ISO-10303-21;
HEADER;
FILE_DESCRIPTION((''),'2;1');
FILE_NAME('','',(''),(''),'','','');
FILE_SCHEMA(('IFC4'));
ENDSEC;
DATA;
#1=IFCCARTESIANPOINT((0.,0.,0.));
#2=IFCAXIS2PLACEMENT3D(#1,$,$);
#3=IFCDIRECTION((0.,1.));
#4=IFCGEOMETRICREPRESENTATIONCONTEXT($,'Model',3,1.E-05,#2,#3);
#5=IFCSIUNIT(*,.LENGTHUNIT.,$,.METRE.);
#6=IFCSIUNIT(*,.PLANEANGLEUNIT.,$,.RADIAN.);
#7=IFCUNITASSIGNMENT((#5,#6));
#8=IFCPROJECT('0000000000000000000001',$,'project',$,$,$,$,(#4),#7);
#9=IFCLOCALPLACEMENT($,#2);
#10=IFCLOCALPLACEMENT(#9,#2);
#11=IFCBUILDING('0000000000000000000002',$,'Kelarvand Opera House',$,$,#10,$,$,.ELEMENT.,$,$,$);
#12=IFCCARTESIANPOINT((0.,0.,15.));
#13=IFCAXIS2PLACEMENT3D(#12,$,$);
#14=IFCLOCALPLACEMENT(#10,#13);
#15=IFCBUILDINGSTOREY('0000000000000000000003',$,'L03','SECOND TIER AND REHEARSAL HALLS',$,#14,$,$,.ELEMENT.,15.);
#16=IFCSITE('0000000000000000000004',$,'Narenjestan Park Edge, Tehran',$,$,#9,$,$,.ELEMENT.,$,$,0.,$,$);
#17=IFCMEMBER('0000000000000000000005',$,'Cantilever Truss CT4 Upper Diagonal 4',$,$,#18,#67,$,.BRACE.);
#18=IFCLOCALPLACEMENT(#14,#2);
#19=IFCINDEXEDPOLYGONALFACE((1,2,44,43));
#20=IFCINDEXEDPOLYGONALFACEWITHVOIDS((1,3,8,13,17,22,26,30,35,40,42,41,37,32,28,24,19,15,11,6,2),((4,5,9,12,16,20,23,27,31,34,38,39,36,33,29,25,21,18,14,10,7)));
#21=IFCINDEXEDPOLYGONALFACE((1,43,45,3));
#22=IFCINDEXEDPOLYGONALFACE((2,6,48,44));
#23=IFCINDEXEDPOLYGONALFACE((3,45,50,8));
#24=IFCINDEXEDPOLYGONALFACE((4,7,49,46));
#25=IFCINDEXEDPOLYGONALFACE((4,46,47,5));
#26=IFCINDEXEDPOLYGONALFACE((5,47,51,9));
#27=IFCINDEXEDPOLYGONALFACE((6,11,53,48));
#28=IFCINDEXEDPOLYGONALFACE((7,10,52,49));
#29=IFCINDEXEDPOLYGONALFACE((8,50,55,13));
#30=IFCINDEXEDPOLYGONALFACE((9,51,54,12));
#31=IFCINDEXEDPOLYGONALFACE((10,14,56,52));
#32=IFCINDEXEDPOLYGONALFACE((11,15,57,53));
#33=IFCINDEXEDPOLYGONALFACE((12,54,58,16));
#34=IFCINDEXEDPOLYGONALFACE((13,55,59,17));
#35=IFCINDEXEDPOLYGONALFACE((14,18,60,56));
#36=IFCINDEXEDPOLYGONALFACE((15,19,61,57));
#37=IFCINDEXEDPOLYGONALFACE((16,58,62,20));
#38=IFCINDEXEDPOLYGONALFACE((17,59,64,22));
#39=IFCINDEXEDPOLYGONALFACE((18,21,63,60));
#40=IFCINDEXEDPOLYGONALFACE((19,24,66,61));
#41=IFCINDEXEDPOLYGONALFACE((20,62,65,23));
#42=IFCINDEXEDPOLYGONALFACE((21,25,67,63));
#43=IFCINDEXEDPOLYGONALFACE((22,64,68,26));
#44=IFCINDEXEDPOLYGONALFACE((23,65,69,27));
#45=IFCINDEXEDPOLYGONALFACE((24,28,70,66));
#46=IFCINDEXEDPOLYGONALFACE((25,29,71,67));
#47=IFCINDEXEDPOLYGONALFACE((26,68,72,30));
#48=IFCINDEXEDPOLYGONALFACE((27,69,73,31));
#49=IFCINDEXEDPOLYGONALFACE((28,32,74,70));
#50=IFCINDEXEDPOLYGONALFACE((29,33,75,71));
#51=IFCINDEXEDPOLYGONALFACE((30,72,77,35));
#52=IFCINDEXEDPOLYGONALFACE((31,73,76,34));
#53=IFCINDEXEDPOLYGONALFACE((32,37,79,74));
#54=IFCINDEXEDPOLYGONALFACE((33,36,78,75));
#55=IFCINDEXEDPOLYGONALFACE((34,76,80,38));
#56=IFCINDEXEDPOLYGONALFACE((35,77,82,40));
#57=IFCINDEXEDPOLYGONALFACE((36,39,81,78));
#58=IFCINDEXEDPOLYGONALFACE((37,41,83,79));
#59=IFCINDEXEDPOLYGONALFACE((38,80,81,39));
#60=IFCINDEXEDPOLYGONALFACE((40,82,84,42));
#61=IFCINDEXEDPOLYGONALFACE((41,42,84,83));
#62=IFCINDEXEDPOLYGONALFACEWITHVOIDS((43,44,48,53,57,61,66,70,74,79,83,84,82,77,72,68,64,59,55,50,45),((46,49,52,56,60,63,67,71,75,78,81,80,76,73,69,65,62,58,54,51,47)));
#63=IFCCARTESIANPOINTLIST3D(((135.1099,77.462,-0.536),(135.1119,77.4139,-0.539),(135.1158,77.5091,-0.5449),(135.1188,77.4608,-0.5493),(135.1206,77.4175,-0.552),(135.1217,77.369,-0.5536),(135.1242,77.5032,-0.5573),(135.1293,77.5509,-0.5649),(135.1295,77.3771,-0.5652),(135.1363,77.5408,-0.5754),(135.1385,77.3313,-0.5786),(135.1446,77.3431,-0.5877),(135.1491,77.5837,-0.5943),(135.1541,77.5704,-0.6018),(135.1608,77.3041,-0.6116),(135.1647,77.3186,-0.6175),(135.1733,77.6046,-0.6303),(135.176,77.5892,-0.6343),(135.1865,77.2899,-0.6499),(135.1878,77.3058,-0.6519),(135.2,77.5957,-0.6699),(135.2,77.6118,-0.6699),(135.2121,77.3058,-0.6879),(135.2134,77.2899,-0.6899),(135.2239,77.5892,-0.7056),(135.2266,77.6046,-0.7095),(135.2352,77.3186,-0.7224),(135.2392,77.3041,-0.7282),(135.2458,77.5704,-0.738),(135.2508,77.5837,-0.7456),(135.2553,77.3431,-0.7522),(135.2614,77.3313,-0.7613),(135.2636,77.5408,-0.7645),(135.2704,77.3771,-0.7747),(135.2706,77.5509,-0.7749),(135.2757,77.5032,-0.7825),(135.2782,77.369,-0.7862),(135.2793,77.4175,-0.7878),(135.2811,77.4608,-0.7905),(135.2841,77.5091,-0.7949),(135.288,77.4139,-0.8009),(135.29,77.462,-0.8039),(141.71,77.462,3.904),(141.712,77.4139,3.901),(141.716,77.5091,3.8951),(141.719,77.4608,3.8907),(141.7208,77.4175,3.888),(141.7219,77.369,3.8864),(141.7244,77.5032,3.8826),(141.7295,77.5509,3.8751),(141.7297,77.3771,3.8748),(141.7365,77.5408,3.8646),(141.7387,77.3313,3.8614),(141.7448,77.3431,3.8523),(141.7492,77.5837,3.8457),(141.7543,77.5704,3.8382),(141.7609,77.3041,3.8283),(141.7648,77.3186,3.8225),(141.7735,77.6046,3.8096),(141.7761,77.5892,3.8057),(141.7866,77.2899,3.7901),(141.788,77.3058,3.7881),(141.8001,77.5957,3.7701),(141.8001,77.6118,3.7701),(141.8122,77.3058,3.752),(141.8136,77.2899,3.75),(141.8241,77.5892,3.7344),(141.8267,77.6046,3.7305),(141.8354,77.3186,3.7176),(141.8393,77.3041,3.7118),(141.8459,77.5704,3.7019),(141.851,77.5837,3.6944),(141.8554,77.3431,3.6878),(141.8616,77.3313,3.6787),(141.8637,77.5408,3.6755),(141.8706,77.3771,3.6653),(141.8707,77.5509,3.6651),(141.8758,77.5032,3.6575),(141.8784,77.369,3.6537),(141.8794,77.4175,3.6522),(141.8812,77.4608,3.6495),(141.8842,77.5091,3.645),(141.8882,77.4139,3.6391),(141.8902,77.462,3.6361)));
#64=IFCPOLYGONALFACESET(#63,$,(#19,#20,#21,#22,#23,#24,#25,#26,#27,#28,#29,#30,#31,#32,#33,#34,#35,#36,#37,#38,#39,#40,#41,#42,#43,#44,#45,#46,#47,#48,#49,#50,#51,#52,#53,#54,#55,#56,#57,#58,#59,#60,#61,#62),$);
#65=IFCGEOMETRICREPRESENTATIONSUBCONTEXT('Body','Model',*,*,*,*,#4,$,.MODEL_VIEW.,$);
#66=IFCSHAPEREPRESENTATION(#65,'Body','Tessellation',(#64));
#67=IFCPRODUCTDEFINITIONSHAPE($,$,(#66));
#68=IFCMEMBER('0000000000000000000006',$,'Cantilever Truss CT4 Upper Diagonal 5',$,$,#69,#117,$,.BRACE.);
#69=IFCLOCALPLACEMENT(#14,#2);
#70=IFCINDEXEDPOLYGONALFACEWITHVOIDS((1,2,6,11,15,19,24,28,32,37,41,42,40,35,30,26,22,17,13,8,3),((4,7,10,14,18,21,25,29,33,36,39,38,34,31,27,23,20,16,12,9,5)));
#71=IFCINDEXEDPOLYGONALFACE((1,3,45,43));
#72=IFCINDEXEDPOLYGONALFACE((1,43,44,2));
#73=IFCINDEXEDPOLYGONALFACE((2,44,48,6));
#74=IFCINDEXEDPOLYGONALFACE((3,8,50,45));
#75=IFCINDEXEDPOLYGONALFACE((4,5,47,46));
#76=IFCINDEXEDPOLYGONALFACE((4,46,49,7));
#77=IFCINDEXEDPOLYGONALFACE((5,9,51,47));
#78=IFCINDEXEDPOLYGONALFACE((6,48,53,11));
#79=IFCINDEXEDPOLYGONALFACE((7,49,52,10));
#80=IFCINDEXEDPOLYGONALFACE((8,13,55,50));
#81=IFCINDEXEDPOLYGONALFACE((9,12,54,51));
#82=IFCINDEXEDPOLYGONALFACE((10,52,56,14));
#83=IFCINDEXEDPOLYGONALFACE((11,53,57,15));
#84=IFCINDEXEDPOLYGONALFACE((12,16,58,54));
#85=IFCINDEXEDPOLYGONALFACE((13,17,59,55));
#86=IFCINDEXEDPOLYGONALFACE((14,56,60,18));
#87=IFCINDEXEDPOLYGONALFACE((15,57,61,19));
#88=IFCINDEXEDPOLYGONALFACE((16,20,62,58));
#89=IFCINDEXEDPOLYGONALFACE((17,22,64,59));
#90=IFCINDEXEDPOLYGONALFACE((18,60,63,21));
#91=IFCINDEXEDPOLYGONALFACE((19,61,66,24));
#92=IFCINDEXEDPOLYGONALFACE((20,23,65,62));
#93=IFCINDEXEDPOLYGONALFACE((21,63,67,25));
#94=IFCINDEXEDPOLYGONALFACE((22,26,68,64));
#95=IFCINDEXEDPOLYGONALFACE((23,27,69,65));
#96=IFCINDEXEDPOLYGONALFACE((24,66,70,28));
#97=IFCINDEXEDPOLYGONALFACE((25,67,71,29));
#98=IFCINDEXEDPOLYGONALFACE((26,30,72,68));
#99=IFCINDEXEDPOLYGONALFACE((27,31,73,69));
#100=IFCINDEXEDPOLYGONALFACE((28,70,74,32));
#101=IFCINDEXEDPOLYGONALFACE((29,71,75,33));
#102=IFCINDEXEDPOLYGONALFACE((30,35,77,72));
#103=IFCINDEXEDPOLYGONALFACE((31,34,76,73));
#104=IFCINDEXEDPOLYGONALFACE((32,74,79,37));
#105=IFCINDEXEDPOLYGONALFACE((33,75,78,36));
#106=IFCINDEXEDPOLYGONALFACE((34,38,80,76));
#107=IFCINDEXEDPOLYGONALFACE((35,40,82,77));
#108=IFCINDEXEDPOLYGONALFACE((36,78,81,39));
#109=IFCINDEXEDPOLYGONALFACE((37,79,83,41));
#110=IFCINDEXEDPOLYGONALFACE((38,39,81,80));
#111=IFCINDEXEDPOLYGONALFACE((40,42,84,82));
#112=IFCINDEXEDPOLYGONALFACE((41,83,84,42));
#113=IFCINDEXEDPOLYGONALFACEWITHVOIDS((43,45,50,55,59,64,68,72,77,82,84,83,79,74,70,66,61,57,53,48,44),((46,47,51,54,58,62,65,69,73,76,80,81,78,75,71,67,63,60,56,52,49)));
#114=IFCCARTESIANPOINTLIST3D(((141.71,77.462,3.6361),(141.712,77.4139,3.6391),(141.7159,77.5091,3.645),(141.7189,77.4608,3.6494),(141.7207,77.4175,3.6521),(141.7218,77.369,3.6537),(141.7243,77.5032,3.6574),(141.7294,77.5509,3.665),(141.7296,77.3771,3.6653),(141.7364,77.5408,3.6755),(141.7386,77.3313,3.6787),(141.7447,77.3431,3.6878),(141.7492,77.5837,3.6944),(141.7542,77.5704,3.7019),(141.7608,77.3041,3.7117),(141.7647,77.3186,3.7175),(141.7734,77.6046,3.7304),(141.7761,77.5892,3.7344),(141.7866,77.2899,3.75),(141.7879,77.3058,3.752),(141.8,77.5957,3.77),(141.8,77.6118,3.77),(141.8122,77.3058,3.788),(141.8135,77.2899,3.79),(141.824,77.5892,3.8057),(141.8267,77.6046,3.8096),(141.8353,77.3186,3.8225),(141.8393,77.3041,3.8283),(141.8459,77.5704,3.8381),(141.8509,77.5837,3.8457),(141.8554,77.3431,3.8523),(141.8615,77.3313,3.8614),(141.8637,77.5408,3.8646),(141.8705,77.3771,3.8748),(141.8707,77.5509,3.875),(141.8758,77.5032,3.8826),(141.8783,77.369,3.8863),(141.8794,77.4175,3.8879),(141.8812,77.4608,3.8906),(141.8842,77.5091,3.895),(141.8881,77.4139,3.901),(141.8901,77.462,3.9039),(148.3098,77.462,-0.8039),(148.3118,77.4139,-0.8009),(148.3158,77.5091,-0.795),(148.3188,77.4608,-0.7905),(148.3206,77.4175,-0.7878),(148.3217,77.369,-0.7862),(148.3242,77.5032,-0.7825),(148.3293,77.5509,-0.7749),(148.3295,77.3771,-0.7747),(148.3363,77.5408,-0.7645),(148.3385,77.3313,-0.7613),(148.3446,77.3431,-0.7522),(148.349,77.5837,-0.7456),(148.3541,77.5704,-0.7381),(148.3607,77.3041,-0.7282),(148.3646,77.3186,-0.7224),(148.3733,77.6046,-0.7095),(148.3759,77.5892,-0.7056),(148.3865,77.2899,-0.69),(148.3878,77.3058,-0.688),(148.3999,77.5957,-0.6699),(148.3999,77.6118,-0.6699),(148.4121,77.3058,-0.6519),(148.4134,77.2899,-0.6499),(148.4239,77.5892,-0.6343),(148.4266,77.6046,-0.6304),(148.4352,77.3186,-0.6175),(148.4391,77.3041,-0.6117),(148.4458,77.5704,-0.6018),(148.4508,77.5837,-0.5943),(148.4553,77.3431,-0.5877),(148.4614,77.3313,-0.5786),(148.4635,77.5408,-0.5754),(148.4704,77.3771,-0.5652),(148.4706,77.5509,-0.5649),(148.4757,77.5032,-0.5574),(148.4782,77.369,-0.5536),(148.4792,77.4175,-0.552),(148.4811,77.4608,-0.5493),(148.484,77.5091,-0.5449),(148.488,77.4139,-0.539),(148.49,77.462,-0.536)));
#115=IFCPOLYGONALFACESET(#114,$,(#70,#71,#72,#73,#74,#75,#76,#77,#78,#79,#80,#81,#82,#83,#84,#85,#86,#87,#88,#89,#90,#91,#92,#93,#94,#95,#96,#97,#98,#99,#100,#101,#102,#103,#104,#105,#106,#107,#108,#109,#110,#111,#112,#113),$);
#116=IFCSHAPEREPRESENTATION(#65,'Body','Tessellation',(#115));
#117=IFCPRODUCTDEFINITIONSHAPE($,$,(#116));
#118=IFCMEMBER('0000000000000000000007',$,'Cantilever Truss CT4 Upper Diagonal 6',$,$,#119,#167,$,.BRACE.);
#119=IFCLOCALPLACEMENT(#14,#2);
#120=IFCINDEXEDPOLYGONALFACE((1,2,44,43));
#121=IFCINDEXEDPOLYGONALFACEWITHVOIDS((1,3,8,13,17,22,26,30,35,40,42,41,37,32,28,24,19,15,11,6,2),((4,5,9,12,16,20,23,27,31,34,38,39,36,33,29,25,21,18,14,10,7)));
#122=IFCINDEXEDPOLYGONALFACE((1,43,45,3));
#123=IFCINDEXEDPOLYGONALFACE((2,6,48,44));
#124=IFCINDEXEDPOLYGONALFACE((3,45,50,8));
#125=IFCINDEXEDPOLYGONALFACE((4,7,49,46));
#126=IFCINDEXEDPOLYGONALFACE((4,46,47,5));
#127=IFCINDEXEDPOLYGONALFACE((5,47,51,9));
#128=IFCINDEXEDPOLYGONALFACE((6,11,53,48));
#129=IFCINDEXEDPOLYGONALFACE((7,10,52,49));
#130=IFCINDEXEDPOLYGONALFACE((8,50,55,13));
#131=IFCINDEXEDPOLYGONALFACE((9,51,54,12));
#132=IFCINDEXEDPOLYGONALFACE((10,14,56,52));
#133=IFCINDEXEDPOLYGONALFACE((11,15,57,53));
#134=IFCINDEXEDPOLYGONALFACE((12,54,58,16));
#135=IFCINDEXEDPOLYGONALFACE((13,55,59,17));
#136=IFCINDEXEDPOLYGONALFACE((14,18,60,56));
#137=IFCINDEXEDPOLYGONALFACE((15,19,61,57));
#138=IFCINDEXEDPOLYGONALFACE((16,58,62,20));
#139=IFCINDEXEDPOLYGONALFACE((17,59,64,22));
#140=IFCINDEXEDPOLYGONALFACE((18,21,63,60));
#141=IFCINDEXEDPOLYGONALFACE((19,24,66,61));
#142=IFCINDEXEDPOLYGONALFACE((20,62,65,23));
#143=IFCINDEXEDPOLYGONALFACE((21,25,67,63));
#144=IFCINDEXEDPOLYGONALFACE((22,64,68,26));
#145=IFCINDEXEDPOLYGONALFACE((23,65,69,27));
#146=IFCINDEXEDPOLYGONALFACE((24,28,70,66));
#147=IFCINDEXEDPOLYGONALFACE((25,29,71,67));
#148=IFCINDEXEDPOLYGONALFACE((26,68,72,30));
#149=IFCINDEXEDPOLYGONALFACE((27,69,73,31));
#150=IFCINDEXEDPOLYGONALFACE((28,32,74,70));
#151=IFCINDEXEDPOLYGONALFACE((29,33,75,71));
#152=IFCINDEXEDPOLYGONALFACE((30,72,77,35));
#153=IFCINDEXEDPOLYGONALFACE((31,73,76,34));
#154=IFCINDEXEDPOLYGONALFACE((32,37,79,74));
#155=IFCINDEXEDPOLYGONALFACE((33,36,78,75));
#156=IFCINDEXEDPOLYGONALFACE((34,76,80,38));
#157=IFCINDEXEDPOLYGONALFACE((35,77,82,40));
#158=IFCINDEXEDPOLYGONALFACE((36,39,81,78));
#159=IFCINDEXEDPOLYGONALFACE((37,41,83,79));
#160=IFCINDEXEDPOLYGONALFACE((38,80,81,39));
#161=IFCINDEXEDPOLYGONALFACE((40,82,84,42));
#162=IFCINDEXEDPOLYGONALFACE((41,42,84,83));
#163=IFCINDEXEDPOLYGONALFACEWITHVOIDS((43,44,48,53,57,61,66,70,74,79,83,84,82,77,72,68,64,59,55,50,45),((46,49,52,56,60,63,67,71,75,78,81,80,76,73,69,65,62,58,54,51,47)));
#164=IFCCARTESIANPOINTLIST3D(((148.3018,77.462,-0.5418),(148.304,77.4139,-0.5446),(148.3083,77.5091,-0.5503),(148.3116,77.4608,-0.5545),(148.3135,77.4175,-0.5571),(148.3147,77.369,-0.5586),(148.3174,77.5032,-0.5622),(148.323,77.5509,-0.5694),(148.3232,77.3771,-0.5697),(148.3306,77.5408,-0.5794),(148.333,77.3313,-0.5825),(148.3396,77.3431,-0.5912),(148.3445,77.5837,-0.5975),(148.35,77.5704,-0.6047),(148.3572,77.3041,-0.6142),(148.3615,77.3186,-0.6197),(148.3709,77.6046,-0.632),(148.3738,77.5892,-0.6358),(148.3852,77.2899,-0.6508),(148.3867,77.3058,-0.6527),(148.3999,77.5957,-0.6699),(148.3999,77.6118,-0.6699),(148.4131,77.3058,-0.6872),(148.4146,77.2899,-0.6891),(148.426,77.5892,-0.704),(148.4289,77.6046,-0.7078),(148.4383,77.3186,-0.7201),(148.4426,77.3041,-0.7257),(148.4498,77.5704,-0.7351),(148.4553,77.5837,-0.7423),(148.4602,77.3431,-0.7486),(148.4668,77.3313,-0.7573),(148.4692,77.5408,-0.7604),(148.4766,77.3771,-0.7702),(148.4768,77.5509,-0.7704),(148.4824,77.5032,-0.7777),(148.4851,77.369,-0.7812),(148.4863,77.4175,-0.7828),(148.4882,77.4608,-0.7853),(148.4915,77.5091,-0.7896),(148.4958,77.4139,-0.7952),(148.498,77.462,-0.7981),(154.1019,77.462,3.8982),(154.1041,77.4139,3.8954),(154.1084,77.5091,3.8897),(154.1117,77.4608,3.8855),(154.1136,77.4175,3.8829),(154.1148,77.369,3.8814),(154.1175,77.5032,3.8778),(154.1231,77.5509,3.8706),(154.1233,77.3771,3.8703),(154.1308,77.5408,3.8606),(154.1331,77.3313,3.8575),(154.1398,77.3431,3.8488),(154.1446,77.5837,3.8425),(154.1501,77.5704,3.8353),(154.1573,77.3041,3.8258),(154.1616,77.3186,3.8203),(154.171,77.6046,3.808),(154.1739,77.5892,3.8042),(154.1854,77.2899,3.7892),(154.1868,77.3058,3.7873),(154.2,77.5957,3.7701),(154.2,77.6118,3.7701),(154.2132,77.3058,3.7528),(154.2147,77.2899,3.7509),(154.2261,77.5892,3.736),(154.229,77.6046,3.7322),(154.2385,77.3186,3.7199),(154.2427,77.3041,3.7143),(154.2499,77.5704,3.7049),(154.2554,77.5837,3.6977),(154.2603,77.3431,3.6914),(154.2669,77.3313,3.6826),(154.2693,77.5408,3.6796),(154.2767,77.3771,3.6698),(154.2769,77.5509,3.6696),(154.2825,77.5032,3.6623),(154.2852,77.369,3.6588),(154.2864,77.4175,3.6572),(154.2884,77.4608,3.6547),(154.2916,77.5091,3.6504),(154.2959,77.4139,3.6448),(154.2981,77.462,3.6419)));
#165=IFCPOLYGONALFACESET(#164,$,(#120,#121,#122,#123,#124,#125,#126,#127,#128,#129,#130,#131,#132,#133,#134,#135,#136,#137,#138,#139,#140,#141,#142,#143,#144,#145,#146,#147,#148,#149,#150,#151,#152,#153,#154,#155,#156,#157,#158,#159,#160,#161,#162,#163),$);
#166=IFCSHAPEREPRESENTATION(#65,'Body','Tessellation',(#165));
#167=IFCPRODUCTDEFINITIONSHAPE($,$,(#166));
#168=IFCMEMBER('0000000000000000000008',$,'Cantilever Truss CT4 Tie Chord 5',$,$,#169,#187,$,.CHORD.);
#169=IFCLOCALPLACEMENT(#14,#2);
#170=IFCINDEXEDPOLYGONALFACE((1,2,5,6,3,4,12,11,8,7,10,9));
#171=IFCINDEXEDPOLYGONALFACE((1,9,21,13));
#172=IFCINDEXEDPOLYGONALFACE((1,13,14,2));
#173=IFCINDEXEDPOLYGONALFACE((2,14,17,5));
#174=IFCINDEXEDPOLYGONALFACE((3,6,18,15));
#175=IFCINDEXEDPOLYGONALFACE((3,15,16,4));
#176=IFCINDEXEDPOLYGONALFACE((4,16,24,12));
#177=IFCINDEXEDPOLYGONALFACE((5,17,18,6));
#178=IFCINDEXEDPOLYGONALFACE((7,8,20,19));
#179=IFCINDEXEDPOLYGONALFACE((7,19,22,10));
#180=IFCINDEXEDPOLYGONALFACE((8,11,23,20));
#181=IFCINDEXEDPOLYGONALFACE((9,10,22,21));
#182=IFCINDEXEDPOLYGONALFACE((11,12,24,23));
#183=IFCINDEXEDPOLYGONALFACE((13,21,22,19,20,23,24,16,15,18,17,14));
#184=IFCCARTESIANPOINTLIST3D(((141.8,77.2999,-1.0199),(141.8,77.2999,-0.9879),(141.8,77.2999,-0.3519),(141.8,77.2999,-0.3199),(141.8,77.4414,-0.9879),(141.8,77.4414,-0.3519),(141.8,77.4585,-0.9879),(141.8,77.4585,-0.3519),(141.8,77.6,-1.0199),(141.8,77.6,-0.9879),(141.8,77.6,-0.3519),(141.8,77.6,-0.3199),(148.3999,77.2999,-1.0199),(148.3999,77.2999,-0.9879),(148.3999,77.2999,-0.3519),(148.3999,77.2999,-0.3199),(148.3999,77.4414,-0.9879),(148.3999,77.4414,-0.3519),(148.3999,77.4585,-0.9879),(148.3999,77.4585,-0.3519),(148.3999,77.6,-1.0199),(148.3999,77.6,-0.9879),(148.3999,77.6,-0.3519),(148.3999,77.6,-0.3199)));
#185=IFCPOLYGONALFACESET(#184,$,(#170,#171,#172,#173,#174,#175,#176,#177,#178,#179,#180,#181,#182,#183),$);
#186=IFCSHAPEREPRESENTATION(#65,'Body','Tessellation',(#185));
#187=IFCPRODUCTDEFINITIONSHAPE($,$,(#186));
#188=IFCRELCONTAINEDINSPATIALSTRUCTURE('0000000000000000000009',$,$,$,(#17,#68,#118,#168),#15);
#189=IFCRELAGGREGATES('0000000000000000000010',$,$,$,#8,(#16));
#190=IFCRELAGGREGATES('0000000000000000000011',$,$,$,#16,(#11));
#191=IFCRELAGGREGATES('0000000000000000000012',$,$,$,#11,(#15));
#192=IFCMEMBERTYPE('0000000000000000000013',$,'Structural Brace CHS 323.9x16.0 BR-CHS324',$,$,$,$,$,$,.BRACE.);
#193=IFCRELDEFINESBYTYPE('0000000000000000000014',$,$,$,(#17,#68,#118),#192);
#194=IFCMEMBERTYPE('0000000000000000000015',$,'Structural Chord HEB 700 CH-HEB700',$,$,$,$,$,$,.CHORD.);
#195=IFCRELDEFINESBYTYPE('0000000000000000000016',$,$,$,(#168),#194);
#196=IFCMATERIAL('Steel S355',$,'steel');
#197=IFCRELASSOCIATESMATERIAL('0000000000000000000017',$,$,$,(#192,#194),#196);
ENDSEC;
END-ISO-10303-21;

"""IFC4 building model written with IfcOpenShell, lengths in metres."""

from ifc_helpers import new_model, si_unit, direction, frame, origin, origin_2d, place, context, subcontext, project, spatial, hollow_circle, i_section, extrude, material, material_profile, profile_set, type_object, element, save


model = new_model("IFC4")

# Units and contexts
model_context = context("Model", 3, precision=1e-05, world=origin(), true_north=direction((0.0, 1.0)))
body_context = subcontext(model_context, "Body", "Model", "MODEL_VIEW")
ifc_project = project(units=[si_unit("LENGTHUNIT", "METRE"), si_unit("PLANEANGLEUNIT", "RADIAN")], contexts=[model_context])

# Site, building, storey
site_placement = place(None, origin())
site = spatial("IfcSite", under=ifc_project, at=site_placement, Name="Narenjestan Park Edge, Tehran", CompositionType="ELEMENT", RefElevation=0.0)
building_placement = place(site_placement, origin())
building = spatial("IfcBuilding", under=site, at=building_placement, Name="Kelarvand Opera House", CompositionType="ELEMENT")
storey_placement = place(building_placement, frame((0.0, 0.0, 15.0)))
storey = spatial("IfcBuildingStorey", under=building, at=storey_placement, Name="L03", Description="SECOND TIER AND REHEARSAL HALLS", CompositionType="ELEMENT", Elevation=15.0)

# Members
ifc_material_1 = material(Name="Steel S355", Category="steel")
ifc_material_profile_1 = material_profile(ifc_material_1, hollow_circle(Radius=0.1619, WallThickness=0.0161, at=origin_2d()), Name="CHS 323.9x16.0", Category="steel")
ifc_profile_set_1 = profile_set([ifc_material_profile_1], Name="Steel S355")
member_type_1 = type_object("IfcMemberType", Name="Structural Brace CHS 323.9x16.0 BR-CHS324", PredefinedType="BRACE", material=ifc_profile_set_1)
member_1_placement = place(storey_placement, frame((135.2, 77.45, -0.6699), z_axis=(0.829729, 0.0, 0.558166), x_axis=(0.0, 1.0, 0.0)))
element("IfcMember", 1, at=member_1_placement, inside=storey, type_object=member_type_1, Name="Cantilever Truss CT4 Upper Diagonal 4", PredefinedType="BRACE", context=body_context, shape_type="SweptSolid", body=[
    extrude(hollow_circle(Radius=0.1619, WallThickness=0.0161, at=origin_2d()), origin(), (0.0, 0.0, 1.0), 7.9546),
])
member_2_placement = place(storey_placement, frame((141.8, 77.45, 3.77), z_axis=(0.82972, 0.0, -0.55818), x_axis=(0.0, 1.0, 0.0)))
element("IfcMember", 2, at=member_2_placement, inside=storey, type_object=member_type_1, Name="Cantilever Truss CT4 Upper Diagonal 5", PredefinedType="BRACE", context=body_context, shape_type="SweptSolid", body=[
    extrude(hollow_circle(Radius=0.1619, WallThickness=0.0161, at=origin_2d()), origin(), (0.0, 0.0, 1.0), 7.9543),
])
member_3_placement = place(storey_placement, frame((148.3999, 77.45, -0.6699), z_axis=(0.794053, 0.0, 0.607848), x_axis=(0.0, 1.0, 0.0)))
element("IfcMember", 3, at=member_3_placement, inside=storey, type_object=member_type_1, Name="Cantilever Truss CT4 Upper Diagonal 6", PredefinedType="BRACE", context=body_context, shape_type="SweptSolid", body=[
    extrude(hollow_circle(Radius=0.1619, WallThickness=0.0161, at=origin_2d()), origin(), (0.0, 0.0, 1.0), 7.3044),
])
ifc_material_profile_2 = material_profile(ifc_material_1, i_section(OverallWidth=0.3, OverallDepth=0.7, WebThickness=0.0171, FlangeThickness=0.032, at=origin_2d()), Name="HEB 700", Category="steel")
ifc_profile_set_2 = profile_set([ifc_material_profile_2], Name="Steel S355")
member_type_2 = type_object("IfcMemberType", Name="Structural Chord HEB 700 CH-HEB700", PredefinedType="CHORD", material=ifc_profile_set_2)
member_4_placement = place(storey_placement, frame((141.8, 77.45, -0.6699), z_axis=(1.0, 0.0, 0.0), x_axis=(0.0, 1.0, 0.0)))
element("IfcMember", 4, at=member_4_placement, inside=storey, type_object=member_type_2, Name="Cantilever Truss CT4 Tie Chord 5", PredefinedType="CHORD", context=body_context, shape_type="SweptSolid", body=[
    extrude(i_section(OverallWidth=0.3, OverallDepth=0.7, WebThickness=0.0171, FlangeThickness=0.032, at=origin_2d()), origin(), (0.0, 0.0, 1.0), 6.5999),
])

save(model, "model.ifc")
